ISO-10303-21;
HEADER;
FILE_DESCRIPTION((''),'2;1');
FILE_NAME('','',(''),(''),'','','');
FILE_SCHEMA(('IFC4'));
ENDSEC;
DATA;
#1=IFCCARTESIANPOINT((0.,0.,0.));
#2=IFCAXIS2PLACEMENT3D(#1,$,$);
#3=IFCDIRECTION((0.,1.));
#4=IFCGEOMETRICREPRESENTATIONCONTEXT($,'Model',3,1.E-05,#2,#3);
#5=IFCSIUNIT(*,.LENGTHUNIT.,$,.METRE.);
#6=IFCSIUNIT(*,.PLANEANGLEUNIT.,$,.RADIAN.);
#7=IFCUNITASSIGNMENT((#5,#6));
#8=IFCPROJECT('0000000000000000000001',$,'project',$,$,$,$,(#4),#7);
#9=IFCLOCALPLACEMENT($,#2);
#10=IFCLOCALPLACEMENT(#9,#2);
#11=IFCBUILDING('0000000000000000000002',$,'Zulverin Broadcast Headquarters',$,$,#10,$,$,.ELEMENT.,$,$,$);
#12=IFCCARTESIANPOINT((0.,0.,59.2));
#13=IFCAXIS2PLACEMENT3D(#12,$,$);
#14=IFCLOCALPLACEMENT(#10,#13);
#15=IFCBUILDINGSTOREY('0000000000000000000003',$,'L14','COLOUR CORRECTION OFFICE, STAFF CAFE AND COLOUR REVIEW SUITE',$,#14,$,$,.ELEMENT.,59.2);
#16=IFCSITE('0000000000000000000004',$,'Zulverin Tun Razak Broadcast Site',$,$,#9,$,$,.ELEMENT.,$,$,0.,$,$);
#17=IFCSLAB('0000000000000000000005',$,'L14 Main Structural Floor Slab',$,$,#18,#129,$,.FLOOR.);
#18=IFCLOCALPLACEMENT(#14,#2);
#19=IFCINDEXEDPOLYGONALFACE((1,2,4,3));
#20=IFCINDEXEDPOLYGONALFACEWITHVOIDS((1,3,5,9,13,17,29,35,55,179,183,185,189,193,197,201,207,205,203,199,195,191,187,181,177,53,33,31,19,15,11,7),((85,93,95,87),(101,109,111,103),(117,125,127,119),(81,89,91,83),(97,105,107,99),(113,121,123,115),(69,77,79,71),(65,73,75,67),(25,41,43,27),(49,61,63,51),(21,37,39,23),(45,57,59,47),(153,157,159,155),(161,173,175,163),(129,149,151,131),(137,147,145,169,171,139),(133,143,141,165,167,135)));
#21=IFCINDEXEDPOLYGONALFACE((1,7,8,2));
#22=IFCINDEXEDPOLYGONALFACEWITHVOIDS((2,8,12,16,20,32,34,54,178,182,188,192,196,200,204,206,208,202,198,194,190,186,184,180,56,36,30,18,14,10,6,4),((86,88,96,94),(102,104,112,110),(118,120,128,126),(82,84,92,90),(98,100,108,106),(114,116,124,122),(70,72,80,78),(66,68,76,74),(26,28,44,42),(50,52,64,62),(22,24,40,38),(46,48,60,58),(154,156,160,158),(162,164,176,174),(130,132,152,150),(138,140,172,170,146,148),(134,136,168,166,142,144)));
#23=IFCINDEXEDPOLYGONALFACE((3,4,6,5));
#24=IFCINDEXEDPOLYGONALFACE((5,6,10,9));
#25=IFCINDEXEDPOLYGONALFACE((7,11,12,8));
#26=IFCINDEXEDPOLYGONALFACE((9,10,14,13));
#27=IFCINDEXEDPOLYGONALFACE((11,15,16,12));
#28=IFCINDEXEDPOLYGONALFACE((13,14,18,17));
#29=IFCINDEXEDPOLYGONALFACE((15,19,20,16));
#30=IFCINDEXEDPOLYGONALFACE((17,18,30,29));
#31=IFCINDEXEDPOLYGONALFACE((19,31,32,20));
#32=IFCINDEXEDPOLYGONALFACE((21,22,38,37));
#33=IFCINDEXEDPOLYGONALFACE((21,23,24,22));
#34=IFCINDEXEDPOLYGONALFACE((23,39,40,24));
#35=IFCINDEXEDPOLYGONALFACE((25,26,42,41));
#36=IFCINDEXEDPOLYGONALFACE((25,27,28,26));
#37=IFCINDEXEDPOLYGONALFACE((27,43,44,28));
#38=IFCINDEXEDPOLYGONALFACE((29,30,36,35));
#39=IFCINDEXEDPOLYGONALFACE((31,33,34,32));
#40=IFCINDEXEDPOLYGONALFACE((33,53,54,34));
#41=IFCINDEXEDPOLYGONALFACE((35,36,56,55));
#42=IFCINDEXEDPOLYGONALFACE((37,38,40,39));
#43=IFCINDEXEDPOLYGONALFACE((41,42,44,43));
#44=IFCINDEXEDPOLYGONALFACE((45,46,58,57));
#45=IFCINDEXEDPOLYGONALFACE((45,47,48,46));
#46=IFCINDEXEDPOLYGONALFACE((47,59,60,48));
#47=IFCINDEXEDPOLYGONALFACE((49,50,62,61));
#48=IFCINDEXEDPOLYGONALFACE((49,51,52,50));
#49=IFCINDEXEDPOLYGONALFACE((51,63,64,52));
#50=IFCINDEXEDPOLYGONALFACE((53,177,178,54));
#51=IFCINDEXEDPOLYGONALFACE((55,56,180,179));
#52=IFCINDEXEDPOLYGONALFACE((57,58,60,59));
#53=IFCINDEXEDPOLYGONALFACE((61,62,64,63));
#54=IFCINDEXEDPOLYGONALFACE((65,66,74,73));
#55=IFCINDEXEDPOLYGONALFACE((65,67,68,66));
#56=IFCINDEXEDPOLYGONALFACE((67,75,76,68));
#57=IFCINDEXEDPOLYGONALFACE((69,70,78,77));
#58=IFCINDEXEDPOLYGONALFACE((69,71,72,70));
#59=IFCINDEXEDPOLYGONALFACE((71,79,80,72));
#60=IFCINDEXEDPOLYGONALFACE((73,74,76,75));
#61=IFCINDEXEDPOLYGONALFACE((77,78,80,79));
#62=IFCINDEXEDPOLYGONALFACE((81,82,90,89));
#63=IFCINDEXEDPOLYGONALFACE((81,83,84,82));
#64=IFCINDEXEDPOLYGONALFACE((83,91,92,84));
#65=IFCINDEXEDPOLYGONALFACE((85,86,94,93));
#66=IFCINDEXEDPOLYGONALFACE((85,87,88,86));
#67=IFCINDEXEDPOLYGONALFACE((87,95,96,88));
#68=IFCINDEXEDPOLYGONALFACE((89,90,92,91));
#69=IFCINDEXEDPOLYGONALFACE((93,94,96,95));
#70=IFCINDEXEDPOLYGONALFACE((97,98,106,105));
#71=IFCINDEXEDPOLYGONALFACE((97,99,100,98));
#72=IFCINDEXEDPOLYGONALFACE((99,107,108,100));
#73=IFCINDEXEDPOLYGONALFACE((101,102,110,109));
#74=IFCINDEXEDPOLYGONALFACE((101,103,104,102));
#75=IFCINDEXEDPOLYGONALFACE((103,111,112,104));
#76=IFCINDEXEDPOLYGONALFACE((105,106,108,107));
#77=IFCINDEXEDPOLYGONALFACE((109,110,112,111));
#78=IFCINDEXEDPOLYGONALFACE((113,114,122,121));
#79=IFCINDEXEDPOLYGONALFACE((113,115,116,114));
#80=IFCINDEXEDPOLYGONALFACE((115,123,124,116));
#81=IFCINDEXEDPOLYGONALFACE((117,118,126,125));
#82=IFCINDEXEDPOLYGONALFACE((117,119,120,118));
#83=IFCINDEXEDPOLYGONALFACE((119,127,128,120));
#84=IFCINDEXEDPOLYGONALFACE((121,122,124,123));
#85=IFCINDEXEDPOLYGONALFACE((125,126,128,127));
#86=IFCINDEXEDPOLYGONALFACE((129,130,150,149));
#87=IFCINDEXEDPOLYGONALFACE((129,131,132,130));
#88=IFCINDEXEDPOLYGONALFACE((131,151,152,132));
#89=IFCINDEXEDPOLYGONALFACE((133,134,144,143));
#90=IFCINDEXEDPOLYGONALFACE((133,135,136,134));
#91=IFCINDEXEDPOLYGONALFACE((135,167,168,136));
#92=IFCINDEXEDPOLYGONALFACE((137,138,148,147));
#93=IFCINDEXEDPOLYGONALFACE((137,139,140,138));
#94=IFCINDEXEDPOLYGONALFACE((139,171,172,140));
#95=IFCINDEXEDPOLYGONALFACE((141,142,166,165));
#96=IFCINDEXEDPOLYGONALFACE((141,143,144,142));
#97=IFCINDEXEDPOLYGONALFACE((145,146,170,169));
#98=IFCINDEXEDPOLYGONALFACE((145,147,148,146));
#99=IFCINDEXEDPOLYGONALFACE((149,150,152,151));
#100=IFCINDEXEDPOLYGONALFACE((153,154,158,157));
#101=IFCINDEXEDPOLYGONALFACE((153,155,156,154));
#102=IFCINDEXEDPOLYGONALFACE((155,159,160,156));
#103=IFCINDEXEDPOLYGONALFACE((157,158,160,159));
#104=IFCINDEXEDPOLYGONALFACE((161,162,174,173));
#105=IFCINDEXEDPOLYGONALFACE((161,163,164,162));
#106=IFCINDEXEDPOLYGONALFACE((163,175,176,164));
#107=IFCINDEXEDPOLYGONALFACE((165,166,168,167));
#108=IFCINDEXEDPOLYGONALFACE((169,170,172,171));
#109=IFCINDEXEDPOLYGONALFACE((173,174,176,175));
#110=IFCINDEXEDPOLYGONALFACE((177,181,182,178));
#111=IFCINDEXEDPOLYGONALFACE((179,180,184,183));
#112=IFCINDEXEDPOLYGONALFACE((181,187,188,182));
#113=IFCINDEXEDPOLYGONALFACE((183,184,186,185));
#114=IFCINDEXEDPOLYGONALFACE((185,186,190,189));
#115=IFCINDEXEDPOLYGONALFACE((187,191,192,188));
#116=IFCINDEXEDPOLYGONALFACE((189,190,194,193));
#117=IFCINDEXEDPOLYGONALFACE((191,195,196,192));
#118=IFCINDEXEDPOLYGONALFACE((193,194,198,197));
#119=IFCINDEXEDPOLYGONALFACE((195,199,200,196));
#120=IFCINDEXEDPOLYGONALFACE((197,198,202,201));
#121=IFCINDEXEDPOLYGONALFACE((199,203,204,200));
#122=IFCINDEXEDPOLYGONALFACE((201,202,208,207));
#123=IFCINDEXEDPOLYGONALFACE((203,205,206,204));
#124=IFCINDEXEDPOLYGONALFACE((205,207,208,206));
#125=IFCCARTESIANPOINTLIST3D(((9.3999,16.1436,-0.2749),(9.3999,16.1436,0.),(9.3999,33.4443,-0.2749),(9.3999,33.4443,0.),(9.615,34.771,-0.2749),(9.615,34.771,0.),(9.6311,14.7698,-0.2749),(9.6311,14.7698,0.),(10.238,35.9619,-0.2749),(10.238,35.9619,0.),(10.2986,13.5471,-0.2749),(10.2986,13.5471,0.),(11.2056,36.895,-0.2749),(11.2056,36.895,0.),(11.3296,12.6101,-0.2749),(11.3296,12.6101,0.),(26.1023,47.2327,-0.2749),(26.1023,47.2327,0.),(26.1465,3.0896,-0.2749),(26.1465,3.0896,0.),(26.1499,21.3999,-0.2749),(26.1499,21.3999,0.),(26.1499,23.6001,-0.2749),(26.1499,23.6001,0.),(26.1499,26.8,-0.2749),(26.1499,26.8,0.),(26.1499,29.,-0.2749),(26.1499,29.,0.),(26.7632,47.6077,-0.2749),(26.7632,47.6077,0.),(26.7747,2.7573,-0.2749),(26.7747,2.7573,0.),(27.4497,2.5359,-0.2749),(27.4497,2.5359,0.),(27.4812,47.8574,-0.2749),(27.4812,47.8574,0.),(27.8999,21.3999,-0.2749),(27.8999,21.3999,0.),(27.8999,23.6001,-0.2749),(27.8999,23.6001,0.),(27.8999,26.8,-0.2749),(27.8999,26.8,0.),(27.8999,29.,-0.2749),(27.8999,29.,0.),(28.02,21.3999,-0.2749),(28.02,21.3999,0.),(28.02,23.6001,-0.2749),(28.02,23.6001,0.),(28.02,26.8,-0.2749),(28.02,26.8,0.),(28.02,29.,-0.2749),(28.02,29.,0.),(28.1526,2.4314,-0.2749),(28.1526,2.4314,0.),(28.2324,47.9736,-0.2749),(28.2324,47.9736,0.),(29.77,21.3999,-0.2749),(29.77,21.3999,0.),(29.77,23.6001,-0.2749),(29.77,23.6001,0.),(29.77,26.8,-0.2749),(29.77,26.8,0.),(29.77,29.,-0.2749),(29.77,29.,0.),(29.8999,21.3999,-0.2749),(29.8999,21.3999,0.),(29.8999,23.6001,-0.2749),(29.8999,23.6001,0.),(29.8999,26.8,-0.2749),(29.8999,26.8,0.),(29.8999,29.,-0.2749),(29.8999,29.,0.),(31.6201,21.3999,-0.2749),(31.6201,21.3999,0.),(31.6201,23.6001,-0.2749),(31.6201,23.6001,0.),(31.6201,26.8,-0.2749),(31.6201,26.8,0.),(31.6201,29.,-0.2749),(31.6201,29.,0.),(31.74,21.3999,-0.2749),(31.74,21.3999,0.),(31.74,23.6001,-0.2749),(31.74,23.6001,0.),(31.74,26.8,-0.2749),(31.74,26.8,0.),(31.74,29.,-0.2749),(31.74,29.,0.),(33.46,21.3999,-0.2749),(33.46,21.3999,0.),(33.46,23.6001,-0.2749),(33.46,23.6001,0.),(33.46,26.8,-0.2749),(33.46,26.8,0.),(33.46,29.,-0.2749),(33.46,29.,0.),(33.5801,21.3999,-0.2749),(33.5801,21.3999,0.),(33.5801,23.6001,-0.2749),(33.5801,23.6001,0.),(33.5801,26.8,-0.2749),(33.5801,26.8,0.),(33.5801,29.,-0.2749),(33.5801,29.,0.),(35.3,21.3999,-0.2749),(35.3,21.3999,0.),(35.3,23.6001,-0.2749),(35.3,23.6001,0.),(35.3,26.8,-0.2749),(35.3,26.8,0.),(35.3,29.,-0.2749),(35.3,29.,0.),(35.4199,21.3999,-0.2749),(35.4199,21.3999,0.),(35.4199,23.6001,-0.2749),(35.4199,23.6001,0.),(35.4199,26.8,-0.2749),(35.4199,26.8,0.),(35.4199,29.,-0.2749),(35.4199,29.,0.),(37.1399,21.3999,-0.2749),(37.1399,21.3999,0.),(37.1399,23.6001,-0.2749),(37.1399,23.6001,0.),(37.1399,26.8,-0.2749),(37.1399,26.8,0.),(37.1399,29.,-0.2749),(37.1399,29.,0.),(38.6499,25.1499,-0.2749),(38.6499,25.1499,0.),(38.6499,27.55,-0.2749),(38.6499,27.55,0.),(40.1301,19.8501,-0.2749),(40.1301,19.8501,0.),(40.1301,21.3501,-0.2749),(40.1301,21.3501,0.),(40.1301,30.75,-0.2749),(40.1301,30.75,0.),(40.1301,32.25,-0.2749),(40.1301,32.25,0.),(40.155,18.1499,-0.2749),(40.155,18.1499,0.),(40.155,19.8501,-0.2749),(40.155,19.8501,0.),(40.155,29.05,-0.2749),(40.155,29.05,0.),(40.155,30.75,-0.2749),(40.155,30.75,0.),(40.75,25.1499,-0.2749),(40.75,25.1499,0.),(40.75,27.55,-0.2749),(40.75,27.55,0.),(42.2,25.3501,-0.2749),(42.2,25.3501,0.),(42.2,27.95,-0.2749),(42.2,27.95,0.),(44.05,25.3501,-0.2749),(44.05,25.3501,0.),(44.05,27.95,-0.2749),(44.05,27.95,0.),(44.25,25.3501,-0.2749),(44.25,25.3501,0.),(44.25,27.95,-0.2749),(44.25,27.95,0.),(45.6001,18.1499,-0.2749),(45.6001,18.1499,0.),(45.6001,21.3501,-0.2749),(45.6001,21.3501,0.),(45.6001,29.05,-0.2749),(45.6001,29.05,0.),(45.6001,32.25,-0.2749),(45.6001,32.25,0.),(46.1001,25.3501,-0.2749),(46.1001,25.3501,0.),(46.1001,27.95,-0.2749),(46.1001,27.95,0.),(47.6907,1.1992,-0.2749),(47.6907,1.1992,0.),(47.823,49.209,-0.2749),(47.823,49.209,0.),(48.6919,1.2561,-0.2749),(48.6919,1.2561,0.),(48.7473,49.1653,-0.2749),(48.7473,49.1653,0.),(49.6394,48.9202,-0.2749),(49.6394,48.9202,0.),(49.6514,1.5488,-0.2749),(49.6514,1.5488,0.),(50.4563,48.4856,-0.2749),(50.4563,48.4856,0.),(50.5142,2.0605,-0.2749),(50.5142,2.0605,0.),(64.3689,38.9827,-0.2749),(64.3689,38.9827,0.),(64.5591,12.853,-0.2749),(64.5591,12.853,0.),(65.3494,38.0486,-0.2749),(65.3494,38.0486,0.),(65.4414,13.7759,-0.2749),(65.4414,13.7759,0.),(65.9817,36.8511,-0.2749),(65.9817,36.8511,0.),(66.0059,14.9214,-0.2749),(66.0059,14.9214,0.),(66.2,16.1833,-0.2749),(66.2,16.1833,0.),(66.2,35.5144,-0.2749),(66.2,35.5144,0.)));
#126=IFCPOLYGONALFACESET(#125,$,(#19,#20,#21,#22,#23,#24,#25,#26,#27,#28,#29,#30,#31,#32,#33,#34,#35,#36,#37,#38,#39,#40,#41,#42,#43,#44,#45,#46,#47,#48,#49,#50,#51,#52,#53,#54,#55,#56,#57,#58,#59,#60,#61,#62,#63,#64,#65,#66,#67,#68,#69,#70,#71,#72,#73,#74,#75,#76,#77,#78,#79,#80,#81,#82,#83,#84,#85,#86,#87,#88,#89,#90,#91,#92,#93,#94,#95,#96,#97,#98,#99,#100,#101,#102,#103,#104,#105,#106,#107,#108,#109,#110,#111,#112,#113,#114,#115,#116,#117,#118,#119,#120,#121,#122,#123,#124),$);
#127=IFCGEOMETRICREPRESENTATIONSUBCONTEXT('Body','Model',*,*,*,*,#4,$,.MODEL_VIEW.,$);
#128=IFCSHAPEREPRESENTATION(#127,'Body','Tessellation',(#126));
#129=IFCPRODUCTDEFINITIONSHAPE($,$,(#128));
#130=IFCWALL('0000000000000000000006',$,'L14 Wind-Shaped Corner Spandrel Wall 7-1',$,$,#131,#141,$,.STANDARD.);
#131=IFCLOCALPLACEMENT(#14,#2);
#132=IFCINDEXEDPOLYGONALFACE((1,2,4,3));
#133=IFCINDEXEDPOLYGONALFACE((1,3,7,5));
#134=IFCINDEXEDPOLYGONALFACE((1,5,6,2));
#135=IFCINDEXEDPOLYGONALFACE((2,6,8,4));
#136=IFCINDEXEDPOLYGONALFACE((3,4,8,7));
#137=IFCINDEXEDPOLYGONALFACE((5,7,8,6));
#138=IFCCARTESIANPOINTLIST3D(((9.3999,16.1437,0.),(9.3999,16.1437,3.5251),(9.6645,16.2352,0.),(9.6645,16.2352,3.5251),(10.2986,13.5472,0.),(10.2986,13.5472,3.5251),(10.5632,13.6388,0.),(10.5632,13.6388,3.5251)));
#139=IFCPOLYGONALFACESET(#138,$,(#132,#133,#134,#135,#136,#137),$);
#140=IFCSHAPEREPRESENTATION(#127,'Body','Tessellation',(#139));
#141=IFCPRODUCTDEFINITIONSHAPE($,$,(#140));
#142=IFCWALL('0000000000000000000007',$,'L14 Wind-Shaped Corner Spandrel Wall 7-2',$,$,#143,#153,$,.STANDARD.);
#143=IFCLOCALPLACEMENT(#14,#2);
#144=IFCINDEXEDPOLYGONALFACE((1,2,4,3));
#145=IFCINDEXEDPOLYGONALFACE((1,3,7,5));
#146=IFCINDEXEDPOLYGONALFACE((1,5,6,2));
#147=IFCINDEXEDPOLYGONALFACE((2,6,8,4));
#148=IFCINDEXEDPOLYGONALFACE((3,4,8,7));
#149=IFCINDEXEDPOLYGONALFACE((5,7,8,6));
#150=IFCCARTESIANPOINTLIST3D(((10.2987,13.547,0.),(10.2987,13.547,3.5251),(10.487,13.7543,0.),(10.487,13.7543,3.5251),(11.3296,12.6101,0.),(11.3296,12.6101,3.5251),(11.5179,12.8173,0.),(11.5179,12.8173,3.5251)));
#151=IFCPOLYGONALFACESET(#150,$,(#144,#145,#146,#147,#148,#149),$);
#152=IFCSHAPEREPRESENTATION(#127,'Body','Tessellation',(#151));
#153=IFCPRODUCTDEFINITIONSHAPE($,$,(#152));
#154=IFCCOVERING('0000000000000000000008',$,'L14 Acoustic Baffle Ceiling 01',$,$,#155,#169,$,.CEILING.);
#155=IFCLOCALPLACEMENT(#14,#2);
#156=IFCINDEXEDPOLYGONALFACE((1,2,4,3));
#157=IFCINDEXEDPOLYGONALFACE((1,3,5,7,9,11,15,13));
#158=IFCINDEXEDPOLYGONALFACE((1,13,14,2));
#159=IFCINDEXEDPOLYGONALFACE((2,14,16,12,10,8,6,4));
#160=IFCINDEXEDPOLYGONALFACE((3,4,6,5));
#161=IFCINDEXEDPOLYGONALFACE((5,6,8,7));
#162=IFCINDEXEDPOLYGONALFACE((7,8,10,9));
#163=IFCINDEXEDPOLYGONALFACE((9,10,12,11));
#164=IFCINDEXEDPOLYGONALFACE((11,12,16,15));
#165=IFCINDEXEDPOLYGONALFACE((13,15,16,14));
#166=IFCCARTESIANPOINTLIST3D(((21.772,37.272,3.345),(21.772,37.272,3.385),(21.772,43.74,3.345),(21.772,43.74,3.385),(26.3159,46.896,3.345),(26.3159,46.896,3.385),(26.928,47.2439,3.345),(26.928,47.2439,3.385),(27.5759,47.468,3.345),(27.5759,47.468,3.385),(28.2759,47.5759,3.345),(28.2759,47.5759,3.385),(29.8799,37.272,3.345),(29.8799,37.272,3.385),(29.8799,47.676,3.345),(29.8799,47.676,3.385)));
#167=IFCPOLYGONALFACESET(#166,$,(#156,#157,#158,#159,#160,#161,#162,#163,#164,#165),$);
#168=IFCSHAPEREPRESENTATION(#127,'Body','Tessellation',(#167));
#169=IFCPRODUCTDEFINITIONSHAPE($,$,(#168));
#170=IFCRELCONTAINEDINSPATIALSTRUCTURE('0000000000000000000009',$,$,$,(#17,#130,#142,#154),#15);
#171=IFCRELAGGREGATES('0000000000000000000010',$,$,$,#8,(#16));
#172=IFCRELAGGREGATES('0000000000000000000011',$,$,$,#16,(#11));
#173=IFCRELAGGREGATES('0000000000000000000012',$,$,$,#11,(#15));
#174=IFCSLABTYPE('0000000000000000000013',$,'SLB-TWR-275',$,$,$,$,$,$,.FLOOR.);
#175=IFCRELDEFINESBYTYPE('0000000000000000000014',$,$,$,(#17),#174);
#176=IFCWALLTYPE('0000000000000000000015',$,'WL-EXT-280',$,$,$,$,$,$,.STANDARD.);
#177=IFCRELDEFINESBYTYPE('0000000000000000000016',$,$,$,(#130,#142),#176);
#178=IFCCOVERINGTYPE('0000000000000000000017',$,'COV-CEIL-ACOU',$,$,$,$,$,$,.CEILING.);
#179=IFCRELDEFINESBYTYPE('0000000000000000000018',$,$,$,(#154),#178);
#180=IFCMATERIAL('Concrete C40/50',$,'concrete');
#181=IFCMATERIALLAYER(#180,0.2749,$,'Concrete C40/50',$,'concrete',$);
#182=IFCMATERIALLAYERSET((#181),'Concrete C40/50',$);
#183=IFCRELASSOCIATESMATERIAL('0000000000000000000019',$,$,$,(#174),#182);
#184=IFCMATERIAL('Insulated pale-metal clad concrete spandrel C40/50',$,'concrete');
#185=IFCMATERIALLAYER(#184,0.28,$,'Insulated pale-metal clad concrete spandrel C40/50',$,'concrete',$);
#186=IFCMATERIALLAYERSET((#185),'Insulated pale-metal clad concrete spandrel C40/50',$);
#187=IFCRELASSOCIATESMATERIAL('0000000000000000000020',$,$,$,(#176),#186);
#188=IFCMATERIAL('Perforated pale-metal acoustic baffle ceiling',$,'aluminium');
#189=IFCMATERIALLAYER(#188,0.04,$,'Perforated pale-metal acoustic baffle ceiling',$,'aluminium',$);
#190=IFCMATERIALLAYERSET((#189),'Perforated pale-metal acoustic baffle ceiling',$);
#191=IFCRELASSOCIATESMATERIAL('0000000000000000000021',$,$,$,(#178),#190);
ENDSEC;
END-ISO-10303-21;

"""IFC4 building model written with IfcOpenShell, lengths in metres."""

from ifc_helpers import new_model, si_unit, direction, frame, frame_2d, origin, place, context, subcontext, project, spatial, polyline, rectangle, outline, extrude, material, layer, layer_set, type_object, element, save


model = new_model("IFC4")

# Units and contexts
model_context = context("Model", 3, precision=1e-05, world=origin(), true_north=direction((0.0, 1.0)))
body_context = subcontext(model_context, "Body", "Model", "MODEL_VIEW")
ifc_project = project(units=[si_unit("LENGTHUNIT", "METRE"), si_unit("PLANEANGLEUNIT", "RADIAN")], contexts=[model_context])

# Site, building, storey
site_placement = place(None, origin())
site = spatial("IfcSite", under=ifc_project, at=site_placement, Name="Zulverin Tun Razak Broadcast Site", CompositionType="ELEMENT", RefElevation=0.0)
building_placement = place(site_placement, origin())
building = spatial("IfcBuilding", under=site, at=building_placement, Name="Zulverin Broadcast Headquarters", CompositionType="ELEMENT")
storey_placement = place(building_placement, frame((0.0, 0.0, 59.2)))
storey = spatial("IfcBuildingStorey", under=building, at=storey_placement, Name="L14", Description="COLOUR CORRECTION OFFICE, STAFF CAFE AND COLOUR REVIEW SUITE", CompositionType="ELEMENT", Elevation=59.2)

# Shared definitions
ifc_material_1 = material(Name="Concrete C40/50", Category="concrete")

# Slab
ifc_layer_1 = layer(ifc_material_1, 0.2749, Name="Concrete C40/50", Category="concrete")
ifc_layer_set_1 = layer_set([ifc_layer_1], Name="Concrete C40/50")
slab_type_1 = type_object("IfcSlabType", Name="SLB-TWR-275", PredefinedType="FLOOR", material=ifc_layer_set_1)
slab_1_placement = place(storey_placement, frame((0.0, 0.0, -0.2749)))
element("IfcSlab", 1, at=slab_1_placement, inside=storey, type_object=slab_type_1, Name="L14 Main Structural Floor Slab", PredefinedType="FLOOR", context=body_context, shape_type="SweptSolid", body=[
    extrude(outline(polyline([(26.1465, 3.0896), (26.7747, 2.7573), (27.4497, 2.5359), (28.1526, 2.4314), (47.6907, 1.1992), (48.6919, 1.2561), (49.6514, 1.5488), (50.5142, 2.0605), (64.5591, 12.853), (65.4414, 13.7759), (66.0059, 14.9214), (66.2, 16.1833), (66.2, 35.5144), (65.9817, 36.8511), (65.3494, 38.0486), (64.3689, 38.9827), (50.4563, 48.4856), (49.6394, 48.9202), (48.7473, 49.1653), (47.823, 49.209), (28.2324, 47.9736), (27.4812, 47.8574), (26.7632, 47.6077), (26.1023, 47.2327), (11.2056, 36.895), (10.238, 35.9619), (9.615, 34.771), (9.3999, 33.4443), (9.3999, 16.1436), (9.6311, 14.7698), (10.2986, 13.5471), (11.3296, 12.6101), (26.1465, 3.0896)]), holes=[polyline([(40.155, 30.75), (40.1301, 30.75), (40.1301, 32.25), (45.6001, 32.25), (45.6001, 29.05), (40.155, 29.05), (40.155, 30.75)]), polyline([(40.155, 19.8501), (40.1301, 19.8501), (40.1301, 21.3501), (45.6001, 21.3501), (45.6001, 18.1499), (40.155, 18.1499), (40.155, 19.8501)]), polyline([(26.1499, 26.8), (27.8999, 26.8), (27.8999, 29.0), (26.1499, 29.0), (26.1499, 26.8)]), polyline([(28.02, 26.8), (29.77, 26.8), (29.77, 29.0), (28.02, 29.0), (28.02, 26.8)]), polyline([(26.1499, 21.3999), (27.8999, 21.3999), (27.8999, 23.6001), (26.1499, 23.6001), (26.1499, 21.3999)]), polyline([(28.02, 21.3999), (29.77, 21.3999), (29.77, 23.6001), (28.02, 23.6001), (28.02, 21.3999)]), polyline([(29.8999, 21.3999), (31.6201, 21.3999), (31.6201, 23.6001), (29.8999, 23.6001), (29.8999, 21.3999)]), polyline([(31.74, 21.3999), (33.46, 21.3999), (33.46, 23.6001), (31.74, 23.6001), (31.74, 21.3999)]), polyline([(33.5801, 21.3999), (35.3, 21.3999), (35.3, 23.6001), (33.5801, 23.6001), (33.5801, 21.3999)]), polyline([(35.4199, 21.3999), (37.1399, 21.3999), (37.1399, 23.6001), (35.4199, 23.6001), (35.4199, 21.3999)]), polyline([(29.8999, 26.8), (31.6201, 26.8), (31.6201, 29.0), (29.8999, 29.0), (29.8999, 26.8)]), polyline([(31.74, 26.8), (33.46, 26.8), (33.46, 29.0), (31.74, 29.0), (31.74, 26.8)]), polyline([(33.5801, 26.8), (35.3, 26.8), (35.3, 29.0), (33.5801, 29.0), (33.5801, 26.8)]), polyline([(35.4199, 26.8), (37.1399, 26.8), (37.1399, 29.0), (35.4199, 29.0), (35.4199, 26.8)]), polyline([(42.2, 25.3501), (44.05, 25.3501), (44.05, 27.95), (42.2, 27.95), (42.2, 25.3501)]), polyline([(44.25, 25.3501), (46.1001, 25.3501), (46.1001, 27.95), (44.25, 27.95), (44.25, 25.3501)]), polyline([(38.6499, 25.1499), (40.75, 25.1499), (40.75, 27.55), (38.6499, 27.55), (38.6499, 25.1499)])]), origin(), (0.0, 0.0, 1.0), 0.2749),
])

# Walls
ifc_material_2 = material(Name="Insulated pale-metal clad concrete spandrel C40/50", Category="concrete")
ifc_layer_2 = layer(ifc_material_2, 0.28, Name="Insulated pale-metal clad concrete spandrel C40/50", Category="concrete")
ifc_layer_set_2 = layer_set([ifc_layer_2], Name="Insulated pale-metal clad concrete spandrel C40/50")
wall_type = type_object("IfcWallType", Name="WL-EXT-280", PredefinedType="STANDARD", material=ifc_layer_set_2)
wall_1_placement = place(storey_placement, frame((9.5322, 16.1895, 0.0), z_axis=(0.0, 0.0, 1.0), x_axis=(0.327083, -0.944996, 0.0)))
element("IfcWall", 2, at=wall_1_placement, inside=storey, type_object=wall_type, Name="L14 Wind-Shaped Corner Spandrel Wall 7-1", PredefinedType="STANDARD", context=body_context, shape_type="SweptSolid", body=[
    extrude(rectangle(XDim=2.7476, YDim=0.28, at=frame_2d((1.3738, 0.0))), origin(), (0.0, 0.0, 1.0), 3.5251),
])
wall_2_placement = place(storey_placement, frame((10.3928, 13.6506, 0.0), z_axis=(0.0, 0.0, 1.0), x_axis=(0.740035, -0.672568, 0.0)))
element("IfcWall", 3, at=wall_2_placement, inside=storey, type_object=wall_type, Name="L14 Wind-Shaped Corner Spandrel Wall 7-2", PredefinedType="STANDARD", context=body_context, shape_type="SweptSolid", body=[
    extrude(rectangle(XDim=1.3931, YDim=0.28, at=frame_2d((0.6965, 0.0))), origin(), (0.0, 0.0, 1.0), 3.5251),
])

# Covering
ifc_material_3 = material(Name="Perforated pale-metal acoustic baffle ceiling", Category="aluminium")
ifc_layer_3 = layer(ifc_material_3, 0.04, Name="Perforated pale-metal acoustic baffle ceiling", Category="aluminium")
ifc_layer_set_3 = layer_set([ifc_layer_3], Name="Perforated pale-metal acoustic baffle ceiling")
covering_type_1 = type_object("IfcCoveringType", Name="COV-CEIL-ACOU", PredefinedType="CEILING", material=ifc_layer_set_3)
covering_1_placement = place(storey_placement, frame((0.0, 0.0, 3.345)))
element("IfcCovering", 4, at=covering_1_placement, inside=storey, type_object=covering_type_1, Name="L14 Acoustic Baffle Ceiling 01", PredefinedType="CEILING", context=body_context, shape_type="SweptSolid", body=[
    extrude(outline(polyline([(29.8799, 37.272), (29.8799, 47.676), (28.2759, 47.5759), (27.5759, 47.468), (26.928, 47.2439), (26.3159, 46.896), (21.772, 43.74), (21.772, 37.272), (29.8799, 37.272)])), origin(), (0.0, 0.0, 1.0), 0.04),
])

save(model, "model.ifc")
